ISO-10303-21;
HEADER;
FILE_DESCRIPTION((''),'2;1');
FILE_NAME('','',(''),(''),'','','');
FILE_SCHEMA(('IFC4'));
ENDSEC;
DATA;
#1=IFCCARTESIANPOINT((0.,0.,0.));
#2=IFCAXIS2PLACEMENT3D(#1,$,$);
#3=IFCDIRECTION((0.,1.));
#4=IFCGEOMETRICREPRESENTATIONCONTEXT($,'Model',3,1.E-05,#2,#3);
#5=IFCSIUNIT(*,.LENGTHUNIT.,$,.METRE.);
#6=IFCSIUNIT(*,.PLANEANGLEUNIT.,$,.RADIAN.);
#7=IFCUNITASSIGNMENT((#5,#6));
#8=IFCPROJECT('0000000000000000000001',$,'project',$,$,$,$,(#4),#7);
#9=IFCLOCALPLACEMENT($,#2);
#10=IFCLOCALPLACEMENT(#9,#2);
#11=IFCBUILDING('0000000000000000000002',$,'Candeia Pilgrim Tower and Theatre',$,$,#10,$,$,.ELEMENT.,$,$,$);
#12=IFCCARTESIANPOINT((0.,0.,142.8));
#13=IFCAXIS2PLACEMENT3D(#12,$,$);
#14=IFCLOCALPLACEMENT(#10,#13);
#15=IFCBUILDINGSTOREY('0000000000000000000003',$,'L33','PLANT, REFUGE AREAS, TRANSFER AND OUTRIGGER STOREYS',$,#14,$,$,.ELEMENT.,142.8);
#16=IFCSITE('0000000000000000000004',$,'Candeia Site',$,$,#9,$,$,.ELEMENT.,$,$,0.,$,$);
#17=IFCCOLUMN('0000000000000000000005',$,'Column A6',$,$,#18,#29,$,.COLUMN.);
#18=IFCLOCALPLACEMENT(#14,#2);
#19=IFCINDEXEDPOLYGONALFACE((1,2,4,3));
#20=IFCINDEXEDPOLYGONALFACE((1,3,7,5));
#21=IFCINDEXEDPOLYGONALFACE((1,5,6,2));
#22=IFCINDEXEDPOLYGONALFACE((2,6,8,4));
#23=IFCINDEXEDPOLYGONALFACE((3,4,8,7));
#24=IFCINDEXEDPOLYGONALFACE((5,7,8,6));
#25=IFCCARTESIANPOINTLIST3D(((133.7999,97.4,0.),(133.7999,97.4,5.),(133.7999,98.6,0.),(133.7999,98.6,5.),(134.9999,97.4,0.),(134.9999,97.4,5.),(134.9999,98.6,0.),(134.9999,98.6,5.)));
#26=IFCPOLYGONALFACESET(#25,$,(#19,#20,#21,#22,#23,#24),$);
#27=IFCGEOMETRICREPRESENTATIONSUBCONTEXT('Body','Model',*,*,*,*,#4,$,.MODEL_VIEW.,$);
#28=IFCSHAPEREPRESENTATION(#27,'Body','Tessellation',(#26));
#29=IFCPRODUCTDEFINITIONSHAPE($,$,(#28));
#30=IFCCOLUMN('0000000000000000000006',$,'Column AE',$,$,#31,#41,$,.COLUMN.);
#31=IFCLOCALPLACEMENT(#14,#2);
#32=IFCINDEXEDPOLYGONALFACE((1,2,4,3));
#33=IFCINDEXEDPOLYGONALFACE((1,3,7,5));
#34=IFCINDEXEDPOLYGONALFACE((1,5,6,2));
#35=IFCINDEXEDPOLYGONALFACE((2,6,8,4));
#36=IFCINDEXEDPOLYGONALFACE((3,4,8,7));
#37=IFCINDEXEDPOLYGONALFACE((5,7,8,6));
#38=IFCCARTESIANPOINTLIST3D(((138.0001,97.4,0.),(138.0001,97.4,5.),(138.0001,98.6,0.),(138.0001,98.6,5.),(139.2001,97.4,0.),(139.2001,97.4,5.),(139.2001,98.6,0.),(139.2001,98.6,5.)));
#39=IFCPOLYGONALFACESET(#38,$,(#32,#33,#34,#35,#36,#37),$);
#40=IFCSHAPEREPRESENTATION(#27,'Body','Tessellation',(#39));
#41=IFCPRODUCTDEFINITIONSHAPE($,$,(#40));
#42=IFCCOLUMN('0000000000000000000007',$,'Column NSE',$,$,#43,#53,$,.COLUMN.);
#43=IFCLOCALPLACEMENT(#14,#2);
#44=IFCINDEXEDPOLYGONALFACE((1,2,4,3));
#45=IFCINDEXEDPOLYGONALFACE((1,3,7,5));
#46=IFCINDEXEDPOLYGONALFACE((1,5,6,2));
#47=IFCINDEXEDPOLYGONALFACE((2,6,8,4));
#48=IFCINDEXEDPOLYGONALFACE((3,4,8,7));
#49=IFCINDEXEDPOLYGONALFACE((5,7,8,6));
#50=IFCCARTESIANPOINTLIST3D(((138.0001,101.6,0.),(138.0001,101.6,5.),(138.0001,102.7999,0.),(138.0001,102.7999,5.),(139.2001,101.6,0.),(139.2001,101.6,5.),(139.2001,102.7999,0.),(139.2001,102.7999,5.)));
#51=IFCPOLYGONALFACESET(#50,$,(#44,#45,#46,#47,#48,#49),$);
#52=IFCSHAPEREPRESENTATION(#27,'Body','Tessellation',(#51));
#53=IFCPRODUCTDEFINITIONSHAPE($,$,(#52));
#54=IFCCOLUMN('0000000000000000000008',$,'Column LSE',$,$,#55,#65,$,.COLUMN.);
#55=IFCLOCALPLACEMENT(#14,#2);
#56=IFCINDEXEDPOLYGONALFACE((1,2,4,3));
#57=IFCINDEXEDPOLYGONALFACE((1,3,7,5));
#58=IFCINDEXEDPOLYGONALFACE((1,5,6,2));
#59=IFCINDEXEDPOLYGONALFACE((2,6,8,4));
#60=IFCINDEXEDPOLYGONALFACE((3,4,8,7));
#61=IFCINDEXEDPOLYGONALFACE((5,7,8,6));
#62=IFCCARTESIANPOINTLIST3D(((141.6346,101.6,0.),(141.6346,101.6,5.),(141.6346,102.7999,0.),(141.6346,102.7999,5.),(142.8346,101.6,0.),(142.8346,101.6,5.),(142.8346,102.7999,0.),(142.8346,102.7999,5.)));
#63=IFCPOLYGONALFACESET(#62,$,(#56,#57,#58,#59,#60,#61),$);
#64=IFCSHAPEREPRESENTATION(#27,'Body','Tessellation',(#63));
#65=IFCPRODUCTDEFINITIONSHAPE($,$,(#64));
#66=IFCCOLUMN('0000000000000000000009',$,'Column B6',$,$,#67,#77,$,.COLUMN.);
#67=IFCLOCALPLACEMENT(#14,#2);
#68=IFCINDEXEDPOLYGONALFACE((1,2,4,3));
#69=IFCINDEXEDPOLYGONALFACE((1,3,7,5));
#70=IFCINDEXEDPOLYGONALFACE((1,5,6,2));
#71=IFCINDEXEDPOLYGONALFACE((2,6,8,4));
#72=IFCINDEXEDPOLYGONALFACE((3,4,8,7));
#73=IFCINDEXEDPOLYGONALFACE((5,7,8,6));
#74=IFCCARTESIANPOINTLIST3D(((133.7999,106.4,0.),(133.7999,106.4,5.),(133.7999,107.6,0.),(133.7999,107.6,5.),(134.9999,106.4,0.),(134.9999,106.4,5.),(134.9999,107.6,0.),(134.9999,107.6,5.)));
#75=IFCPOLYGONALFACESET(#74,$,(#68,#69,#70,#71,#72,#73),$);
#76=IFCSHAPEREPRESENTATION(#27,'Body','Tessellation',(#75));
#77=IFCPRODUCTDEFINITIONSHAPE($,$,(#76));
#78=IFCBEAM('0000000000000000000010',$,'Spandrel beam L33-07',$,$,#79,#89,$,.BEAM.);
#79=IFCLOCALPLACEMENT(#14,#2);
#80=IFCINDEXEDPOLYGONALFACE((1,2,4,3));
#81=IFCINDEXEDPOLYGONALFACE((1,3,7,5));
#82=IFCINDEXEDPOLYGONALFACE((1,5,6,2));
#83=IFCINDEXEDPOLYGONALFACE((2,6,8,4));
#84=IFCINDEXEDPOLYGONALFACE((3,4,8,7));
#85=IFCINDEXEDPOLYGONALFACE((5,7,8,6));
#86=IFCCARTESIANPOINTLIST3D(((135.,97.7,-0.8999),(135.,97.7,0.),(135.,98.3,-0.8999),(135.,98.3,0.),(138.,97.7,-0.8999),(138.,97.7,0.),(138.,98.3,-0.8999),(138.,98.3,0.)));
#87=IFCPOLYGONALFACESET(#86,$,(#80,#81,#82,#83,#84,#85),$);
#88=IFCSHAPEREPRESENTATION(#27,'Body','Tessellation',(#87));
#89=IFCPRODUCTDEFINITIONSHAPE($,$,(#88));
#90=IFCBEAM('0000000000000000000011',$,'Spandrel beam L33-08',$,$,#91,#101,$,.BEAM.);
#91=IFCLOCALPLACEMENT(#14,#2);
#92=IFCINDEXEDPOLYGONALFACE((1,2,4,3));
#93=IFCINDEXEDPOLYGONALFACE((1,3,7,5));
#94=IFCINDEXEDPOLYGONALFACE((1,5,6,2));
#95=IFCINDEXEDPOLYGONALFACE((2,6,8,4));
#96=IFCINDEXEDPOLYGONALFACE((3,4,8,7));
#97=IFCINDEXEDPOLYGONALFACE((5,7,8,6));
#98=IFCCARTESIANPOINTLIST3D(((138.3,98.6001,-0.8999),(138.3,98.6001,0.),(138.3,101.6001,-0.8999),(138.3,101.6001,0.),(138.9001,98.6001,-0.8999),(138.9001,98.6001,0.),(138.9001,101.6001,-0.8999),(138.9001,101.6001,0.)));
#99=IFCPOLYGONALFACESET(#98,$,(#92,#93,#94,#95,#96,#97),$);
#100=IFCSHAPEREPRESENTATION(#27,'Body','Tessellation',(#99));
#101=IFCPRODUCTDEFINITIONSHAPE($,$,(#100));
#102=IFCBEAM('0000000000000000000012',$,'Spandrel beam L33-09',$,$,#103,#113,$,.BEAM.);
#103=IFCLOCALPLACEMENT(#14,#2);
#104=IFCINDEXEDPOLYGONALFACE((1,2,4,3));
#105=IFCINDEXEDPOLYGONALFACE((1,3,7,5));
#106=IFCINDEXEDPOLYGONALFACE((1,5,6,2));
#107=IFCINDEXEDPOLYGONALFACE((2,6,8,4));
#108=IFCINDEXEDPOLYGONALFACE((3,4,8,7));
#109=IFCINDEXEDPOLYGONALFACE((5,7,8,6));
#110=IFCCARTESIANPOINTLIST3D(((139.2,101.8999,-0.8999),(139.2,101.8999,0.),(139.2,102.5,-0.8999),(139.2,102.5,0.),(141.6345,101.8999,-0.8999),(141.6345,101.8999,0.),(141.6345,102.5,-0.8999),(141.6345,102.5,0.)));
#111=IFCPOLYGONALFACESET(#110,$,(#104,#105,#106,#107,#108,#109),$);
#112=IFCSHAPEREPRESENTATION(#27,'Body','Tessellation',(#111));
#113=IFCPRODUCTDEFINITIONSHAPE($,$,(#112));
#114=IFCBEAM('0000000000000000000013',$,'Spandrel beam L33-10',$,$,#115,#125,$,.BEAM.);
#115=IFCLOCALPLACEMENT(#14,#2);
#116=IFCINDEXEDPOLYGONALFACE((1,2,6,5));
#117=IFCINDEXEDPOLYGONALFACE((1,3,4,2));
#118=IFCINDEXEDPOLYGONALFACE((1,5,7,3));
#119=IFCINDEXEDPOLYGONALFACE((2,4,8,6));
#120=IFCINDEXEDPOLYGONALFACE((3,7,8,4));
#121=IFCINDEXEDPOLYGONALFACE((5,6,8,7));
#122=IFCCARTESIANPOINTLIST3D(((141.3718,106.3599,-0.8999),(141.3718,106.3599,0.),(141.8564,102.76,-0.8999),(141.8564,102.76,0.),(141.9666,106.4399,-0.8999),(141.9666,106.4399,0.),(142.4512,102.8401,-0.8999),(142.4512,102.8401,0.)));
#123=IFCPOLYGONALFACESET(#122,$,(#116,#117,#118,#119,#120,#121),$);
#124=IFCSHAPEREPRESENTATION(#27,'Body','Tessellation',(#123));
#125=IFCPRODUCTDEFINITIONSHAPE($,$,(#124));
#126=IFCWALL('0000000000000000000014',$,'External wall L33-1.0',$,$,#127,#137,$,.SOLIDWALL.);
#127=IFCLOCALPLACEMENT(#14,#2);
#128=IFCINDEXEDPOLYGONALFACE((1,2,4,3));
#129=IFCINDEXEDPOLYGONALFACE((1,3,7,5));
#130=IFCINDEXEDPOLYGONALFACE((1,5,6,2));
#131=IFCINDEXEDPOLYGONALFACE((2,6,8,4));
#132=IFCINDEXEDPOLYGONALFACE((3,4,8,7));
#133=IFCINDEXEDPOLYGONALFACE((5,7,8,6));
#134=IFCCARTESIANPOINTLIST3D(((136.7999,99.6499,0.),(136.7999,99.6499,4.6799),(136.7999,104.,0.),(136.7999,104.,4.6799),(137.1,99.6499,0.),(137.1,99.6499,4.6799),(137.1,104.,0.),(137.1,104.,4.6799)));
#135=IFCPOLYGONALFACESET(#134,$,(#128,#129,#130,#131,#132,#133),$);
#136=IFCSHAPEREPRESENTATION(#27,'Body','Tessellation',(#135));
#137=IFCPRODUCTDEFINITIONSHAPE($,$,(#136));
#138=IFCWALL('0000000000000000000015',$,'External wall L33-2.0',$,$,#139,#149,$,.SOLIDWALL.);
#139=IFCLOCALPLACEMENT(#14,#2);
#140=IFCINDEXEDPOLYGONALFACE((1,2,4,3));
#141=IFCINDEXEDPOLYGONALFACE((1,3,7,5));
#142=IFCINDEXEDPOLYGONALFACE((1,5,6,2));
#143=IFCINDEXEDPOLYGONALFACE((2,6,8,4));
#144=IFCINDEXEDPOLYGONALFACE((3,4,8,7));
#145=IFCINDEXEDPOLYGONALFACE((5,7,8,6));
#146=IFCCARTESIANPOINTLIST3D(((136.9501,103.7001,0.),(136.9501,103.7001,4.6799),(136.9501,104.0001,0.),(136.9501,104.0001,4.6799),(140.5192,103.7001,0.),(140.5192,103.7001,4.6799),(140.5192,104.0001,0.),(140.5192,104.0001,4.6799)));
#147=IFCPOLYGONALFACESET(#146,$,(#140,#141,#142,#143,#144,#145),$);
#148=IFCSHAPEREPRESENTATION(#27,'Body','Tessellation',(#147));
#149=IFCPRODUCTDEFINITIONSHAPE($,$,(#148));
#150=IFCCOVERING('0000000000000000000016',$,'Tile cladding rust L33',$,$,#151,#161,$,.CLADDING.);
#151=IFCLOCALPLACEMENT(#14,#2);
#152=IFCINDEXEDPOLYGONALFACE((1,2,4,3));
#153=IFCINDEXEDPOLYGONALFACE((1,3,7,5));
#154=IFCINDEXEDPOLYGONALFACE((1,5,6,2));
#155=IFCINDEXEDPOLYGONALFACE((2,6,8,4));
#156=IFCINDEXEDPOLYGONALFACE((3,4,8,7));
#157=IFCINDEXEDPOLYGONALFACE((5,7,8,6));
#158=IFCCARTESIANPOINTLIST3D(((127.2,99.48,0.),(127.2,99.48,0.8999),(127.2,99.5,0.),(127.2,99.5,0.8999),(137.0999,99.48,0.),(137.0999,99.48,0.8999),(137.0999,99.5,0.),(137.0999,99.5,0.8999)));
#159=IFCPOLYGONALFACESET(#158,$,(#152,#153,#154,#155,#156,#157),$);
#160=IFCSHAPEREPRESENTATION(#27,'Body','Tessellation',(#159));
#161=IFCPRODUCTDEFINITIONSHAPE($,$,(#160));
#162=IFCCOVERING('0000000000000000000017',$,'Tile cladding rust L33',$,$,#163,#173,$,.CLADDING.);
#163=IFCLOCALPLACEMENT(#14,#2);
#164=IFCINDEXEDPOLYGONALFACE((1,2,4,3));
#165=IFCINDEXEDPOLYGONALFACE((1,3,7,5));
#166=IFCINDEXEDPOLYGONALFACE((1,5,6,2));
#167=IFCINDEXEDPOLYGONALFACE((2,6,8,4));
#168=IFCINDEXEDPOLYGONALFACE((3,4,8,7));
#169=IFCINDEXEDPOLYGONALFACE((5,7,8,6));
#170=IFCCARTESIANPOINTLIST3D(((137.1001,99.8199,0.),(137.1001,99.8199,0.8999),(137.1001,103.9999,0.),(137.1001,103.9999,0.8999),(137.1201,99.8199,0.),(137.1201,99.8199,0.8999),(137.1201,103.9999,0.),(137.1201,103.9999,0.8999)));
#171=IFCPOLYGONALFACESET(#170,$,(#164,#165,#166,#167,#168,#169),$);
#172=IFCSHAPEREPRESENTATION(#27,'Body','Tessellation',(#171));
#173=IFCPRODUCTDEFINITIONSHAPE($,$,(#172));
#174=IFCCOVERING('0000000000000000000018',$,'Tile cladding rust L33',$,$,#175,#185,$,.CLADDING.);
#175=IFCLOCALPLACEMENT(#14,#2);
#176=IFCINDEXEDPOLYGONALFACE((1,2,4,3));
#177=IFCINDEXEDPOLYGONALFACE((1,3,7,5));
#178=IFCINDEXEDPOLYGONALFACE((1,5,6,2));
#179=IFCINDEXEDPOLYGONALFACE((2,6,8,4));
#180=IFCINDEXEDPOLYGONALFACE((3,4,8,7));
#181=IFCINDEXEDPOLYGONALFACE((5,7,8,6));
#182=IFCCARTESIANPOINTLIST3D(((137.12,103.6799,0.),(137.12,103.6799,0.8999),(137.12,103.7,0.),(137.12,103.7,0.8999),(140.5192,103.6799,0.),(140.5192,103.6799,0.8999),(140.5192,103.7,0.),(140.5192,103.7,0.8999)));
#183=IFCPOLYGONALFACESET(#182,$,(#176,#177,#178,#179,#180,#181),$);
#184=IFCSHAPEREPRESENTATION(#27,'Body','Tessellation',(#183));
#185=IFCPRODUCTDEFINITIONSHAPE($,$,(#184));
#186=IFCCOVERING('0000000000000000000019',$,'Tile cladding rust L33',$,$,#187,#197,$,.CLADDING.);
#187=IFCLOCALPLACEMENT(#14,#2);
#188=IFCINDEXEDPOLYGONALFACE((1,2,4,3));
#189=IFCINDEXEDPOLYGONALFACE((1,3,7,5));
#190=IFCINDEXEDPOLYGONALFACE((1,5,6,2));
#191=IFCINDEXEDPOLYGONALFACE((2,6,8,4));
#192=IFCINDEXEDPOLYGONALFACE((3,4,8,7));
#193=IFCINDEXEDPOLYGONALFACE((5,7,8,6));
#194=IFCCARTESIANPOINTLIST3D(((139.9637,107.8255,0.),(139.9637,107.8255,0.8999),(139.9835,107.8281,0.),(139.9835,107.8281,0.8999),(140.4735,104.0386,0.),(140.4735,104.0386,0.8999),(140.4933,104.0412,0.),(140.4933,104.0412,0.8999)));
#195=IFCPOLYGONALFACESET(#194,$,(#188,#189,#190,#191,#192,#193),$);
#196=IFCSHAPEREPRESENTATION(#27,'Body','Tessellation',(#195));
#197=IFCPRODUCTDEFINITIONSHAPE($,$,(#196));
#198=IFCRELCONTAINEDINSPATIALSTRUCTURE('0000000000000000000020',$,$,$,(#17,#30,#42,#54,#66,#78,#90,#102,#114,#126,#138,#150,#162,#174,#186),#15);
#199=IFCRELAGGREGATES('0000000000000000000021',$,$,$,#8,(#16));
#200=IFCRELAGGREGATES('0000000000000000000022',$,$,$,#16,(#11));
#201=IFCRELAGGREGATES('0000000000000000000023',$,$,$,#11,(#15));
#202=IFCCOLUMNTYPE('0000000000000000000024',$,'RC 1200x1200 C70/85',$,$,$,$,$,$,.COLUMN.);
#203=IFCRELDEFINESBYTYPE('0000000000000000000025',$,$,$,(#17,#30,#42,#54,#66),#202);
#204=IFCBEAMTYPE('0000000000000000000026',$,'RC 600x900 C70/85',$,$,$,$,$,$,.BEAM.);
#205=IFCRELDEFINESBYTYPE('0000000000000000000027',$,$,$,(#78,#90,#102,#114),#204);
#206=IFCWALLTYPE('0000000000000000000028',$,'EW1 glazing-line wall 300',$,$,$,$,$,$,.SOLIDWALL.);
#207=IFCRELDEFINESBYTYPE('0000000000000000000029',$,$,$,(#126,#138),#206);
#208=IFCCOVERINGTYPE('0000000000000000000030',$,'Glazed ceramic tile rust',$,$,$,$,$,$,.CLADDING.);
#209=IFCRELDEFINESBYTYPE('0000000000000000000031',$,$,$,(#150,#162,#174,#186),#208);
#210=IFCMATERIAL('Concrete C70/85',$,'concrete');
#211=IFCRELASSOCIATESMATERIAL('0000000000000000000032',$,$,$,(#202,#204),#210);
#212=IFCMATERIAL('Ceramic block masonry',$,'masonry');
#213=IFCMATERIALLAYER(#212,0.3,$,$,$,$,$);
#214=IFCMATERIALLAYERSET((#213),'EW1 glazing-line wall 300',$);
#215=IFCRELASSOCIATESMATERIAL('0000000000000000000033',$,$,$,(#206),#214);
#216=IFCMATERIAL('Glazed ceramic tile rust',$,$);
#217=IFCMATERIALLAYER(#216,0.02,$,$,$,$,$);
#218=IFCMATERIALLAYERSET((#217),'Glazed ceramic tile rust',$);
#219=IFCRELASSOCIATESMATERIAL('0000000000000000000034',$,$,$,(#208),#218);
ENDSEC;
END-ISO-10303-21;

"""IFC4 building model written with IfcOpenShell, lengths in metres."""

from ifc_helpers import new_model, si_unit, direction, frame, frame_2d, origin, origin_2d, place, context, subcontext, project, spatial, rectangle, extrude, material, layer, layer_set, material_profile, profile_set, type_object, element, save


model = new_model("IFC4")

# Units and contexts
model_context = context("Model", 3, precision=1e-05, world=origin(), true_north=direction((0.0, 1.0)))
body_context = subcontext(model_context, "Body", "Model", "MODEL_VIEW")
ifc_project = project(units=[si_unit("LENGTHUNIT", "METRE"), si_unit("PLANEANGLEUNIT", "RADIAN")], contexts=[model_context])

# Site, building, storey
site_placement = place(None, origin())
site = spatial("IfcSite", under=ifc_project, at=site_placement, Name="Candeia Site", CompositionType="ELEMENT", RefElevation=0.0)
building_placement = place(site_placement, origin())
building = spatial("IfcBuilding", under=site, at=building_placement, Name="Candeia Pilgrim Tower and Theatre", CompositionType="ELEMENT")
storey_placement = place(building_placement, frame((0.0, 0.0, 142.8)))
storey = spatial("IfcBuildingStorey", under=building, at=storey_placement, Name="L33", Description="PLANT, REFUGE AREAS, TRANSFER AND OUTRIGGER STOREYS", CompositionType="ELEMENT", Elevation=142.8)

# Columns
ifc_material_1 = material(Name="Concrete C70/85", Category="concrete")
ifc_material_profile_1 = material_profile(ifc_material_1, rectangle(XDim=1.2, YDim=1.2, at=origin_2d()))
ifc_profile_set_1 = profile_set([ifc_material_profile_1], Name="Concrete C70/85")
column_type = type_object("IfcColumnType", Name="RC 1200x1200 C70/85", PredefinedType="COLUMN", material=ifc_profile_set_1)
for number, where, z_axis, x_axis, name in (
    (1, (134.3999, 98.0, 0.0), (0.0, 0.0, 1.0), (1.0, 0.0, 0.0), "Column A6"),
    (2, (138.6001, 98.0, 0.0), (0.0, 0.0, 1.0), (1.0, 0.0, 0.0), "Column AE"),
    (3, (138.6001, 102.2, 0.0), (0.0, 0.0, 1.0), (1.0, 0.0, 0.0), "Column NSE"),
    (4, (142.2346, 102.2, 0.0), (0.0, 0.0, 1.0), (1.0, 0.0, 0.0), "Column LSE"),
    (5, (134.3999, 107.0, 0.0), (0.0, 0.0, 1.0), (1.0, 0.0, 0.0), "Column B6"),
):
    element("IfcColumn", number, at=place(storey_placement, frame(where, z_axis=z_axis, x_axis=x_axis)), inside=storey, type_object=column_type, Name=name, PredefinedType="COLUMN", context=body_context, shape_type="SweptSolid", body=[
        extrude(rectangle(XDim=1.2, YDim=1.2, at=origin_2d()), origin(), (0.0, 0.0, 1.0), 5.0),
    ])

# Beams
ifc_material_profile_2 = material_profile(ifc_material_1, rectangle(XDim=0.6001, YDim=0.8999, at=origin_2d()))
ifc_profile_set_2 = profile_set([ifc_material_profile_2], Name="Concrete C70/85")
beam_type = type_object("IfcBeamType", Name="RC 600x900 C70/85", PredefinedType="BEAM", material=ifc_profile_set_2)
for number, where, z_axis, x_axis, name in (
    (6, (135.0, 98.0, -0.45), (1.0, 0.0, 0.0), (0.0, 1.0, 0.0), "Spandrel beam L33-07"),
    (7, (138.6001, 98.6001, -0.45), (0.0, 1.0, 0.0), (-1.0, 0.0, 0.0), "Spandrel beam L33-08"),
):
    element("IfcBeam", number, at=place(storey_placement, frame(where, z_axis=z_axis, x_axis=x_axis)), inside=storey, type_object=beam_type, Name=name, PredefinedType="BEAM", context=body_context, shape_type="SweptSolid", body=[
        extrude(rectangle(XDim=0.6001, YDim=0.8999, at=origin_2d()), origin(), (0.0, 0.0, 1.0), 3.0),
    ])
beam_1_placement = place(storey_placement, frame((139.2, 102.2, -0.45), z_axis=(1.0, 0.0, 0.0), x_axis=(0.0, 1.0, 0.0)))
element("IfcBeam", 8, at=beam_1_placement, inside=storey, type_object=beam_type, Name="Spandrel beam L33-09", PredefinedType="BEAM", context=body_context, shape_type="SweptSolid", body=[
    extrude(rectangle(XDim=0.6001, YDim=0.8999, at=origin_2d()), origin(), (0.0, 0.0, 1.0), 2.4346),
])
beam_2_placement = place(storey_placement, frame((142.1538, 102.8, -0.45), z_axis=(-0.133418, 0.99106, 0.0), x_axis=(-0.99106, -0.133418, 0.0)))
element("IfcBeam", 9, at=beam_2_placement, inside=storey, type_object=beam_type, Name="Spandrel beam L33-10", PredefinedType="BEAM", context=body_context, shape_type="SweptSolid", body=[
    extrude(rectangle(XDim=0.6001, YDim=0.8999, at=origin_2d()), origin(), (0.0, 0.0, 1.0), 3.6323),
])

# Walls
ifc_material_2 = material(Name="Ceramic block masonry", Category="masonry")
ifc_layer_1 = layer(ifc_material_2, 0.3)
ifc_layer_set_1 = layer_set([ifc_layer_1], Name="EW1 glazing-line wall 300")
wall_type = type_object("IfcWallType", Name="EW1 glazing-line wall 300", PredefinedType="SOLIDWALL", material=ifc_layer_set_1)
wall_1_placement = place(storey_placement, frame((136.95, 99.6499, 0.0), z_axis=(0.0, 0.0, 1.0), x_axis=(0.0, 1.0, 0.0)))
element("IfcWall", 10, at=wall_1_placement, inside=storey, type_object=wall_type, Name="External wall L33-1.0", PredefinedType="SOLIDWALL", context=body_context, shape_type="SweptSolid", body=[
    extrude(rectangle(XDim=4.3501, YDim=0.3, at=frame_2d((2.175, 0.0))), origin(), (0.0, 0.0, 1.0), 4.6799),
])
wall_2_placement = place(storey_placement, frame((136.95, 103.8501, 0.0), z_axis=(0.0, 0.0, 1.0), x_axis=(1.0, 0.0, 0.0)))
element("IfcWall", 11, at=wall_2_placement, inside=storey, type_object=wall_type, Name="External wall L33-2.0", PredefinedType="SOLIDWALL", context=body_context, shape_type="SweptSolid", body=[
    extrude(rectangle(XDim=3.5691, YDim=0.3, at=frame_2d((1.7847, 0.0))), origin(), (0.0, 0.0, 1.0), 4.6799),
])

# Coverings
ifc_material_3 = material(Name="Glazed ceramic tile rust")
ifc_layer_2 = layer(ifc_material_3, 0.02)
ifc_layer_set_2 = layer_set([ifc_layer_2], Name="Glazed ceramic tile rust")
covering_type = type_object("IfcCoveringType", Name="Glazed ceramic tile rust", PredefinedType="CLADDING", material=ifc_layer_set_2)
covering_1_placement = place(storey_placement, frame((132.1499, 99.49, 0.0), z_axis=(0.0, 0.0, 1.0), x_axis=(1.0, 0.0, 0.0)))
element("IfcCovering", 12, at=covering_1_placement, inside=storey, type_object=covering_type, Name="Tile cladding rust L33", PredefinedType="CLADDING", context=body_context, shape_type="SweptSolid", body=[
    extrude(rectangle(XDim=9.8999, YDim=0.02, at=origin_2d()), origin(), (0.0, 0.0, 1.0), 0.8999),
])
covering_2_placement = place(storey_placement, frame((137.1101, 101.9099, 0.0), z_axis=(0.0, 0.0, 1.0), x_axis=(0.0, 1.0, 0.0)))
element("IfcCovering", 13, at=covering_2_placement, inside=storey, type_object=covering_type, Name="Tile cladding rust L33", PredefinedType="CLADDING", context=body_context, shape_type="SweptSolid", body=[
    extrude(rectangle(XDim=4.1799, YDim=0.02, at=origin_2d()), origin(), (0.0, 0.0, 1.0), 0.8999),
])
covering_3_placement = place(storey_placement, frame((138.8196, 103.6899, 0.0), z_axis=(0.0, 0.0, 1.0), x_axis=(1.0, 0.0, 0.0)))
element("IfcCovering", 14, at=covering_3_placement, inside=storey, type_object=covering_type, Name="Tile cladding rust L33", PredefinedType="CLADDING", context=body_context, shape_type="SweptSolid", body=[
    extrude(rectangle(XDim=3.3992, YDim=0.02, at=origin_2d()), origin(), (0.0, 0.0, 1.0), 0.8999),
])
covering_4_placement = place(storey_placement, frame((140.2285, 105.9333, 0.0), z_axis=(0.0, 0.0, 1.0), x_axis=(-0.133412, 0.991061, 0.0)))
element("IfcCovering", 15, at=covering_4_placement, inside=storey, type_object=covering_type, Name="Tile cladding rust L33", PredefinedType="CLADDING", context=body_context, shape_type="SweptSolid", body=[
    extrude(rectangle(XDim=3.821, YDim=0.02, at=origin_2d()), origin(), (0.0, 0.0, 1.0), 0.8999),
])

save(model, "model.ifc")
